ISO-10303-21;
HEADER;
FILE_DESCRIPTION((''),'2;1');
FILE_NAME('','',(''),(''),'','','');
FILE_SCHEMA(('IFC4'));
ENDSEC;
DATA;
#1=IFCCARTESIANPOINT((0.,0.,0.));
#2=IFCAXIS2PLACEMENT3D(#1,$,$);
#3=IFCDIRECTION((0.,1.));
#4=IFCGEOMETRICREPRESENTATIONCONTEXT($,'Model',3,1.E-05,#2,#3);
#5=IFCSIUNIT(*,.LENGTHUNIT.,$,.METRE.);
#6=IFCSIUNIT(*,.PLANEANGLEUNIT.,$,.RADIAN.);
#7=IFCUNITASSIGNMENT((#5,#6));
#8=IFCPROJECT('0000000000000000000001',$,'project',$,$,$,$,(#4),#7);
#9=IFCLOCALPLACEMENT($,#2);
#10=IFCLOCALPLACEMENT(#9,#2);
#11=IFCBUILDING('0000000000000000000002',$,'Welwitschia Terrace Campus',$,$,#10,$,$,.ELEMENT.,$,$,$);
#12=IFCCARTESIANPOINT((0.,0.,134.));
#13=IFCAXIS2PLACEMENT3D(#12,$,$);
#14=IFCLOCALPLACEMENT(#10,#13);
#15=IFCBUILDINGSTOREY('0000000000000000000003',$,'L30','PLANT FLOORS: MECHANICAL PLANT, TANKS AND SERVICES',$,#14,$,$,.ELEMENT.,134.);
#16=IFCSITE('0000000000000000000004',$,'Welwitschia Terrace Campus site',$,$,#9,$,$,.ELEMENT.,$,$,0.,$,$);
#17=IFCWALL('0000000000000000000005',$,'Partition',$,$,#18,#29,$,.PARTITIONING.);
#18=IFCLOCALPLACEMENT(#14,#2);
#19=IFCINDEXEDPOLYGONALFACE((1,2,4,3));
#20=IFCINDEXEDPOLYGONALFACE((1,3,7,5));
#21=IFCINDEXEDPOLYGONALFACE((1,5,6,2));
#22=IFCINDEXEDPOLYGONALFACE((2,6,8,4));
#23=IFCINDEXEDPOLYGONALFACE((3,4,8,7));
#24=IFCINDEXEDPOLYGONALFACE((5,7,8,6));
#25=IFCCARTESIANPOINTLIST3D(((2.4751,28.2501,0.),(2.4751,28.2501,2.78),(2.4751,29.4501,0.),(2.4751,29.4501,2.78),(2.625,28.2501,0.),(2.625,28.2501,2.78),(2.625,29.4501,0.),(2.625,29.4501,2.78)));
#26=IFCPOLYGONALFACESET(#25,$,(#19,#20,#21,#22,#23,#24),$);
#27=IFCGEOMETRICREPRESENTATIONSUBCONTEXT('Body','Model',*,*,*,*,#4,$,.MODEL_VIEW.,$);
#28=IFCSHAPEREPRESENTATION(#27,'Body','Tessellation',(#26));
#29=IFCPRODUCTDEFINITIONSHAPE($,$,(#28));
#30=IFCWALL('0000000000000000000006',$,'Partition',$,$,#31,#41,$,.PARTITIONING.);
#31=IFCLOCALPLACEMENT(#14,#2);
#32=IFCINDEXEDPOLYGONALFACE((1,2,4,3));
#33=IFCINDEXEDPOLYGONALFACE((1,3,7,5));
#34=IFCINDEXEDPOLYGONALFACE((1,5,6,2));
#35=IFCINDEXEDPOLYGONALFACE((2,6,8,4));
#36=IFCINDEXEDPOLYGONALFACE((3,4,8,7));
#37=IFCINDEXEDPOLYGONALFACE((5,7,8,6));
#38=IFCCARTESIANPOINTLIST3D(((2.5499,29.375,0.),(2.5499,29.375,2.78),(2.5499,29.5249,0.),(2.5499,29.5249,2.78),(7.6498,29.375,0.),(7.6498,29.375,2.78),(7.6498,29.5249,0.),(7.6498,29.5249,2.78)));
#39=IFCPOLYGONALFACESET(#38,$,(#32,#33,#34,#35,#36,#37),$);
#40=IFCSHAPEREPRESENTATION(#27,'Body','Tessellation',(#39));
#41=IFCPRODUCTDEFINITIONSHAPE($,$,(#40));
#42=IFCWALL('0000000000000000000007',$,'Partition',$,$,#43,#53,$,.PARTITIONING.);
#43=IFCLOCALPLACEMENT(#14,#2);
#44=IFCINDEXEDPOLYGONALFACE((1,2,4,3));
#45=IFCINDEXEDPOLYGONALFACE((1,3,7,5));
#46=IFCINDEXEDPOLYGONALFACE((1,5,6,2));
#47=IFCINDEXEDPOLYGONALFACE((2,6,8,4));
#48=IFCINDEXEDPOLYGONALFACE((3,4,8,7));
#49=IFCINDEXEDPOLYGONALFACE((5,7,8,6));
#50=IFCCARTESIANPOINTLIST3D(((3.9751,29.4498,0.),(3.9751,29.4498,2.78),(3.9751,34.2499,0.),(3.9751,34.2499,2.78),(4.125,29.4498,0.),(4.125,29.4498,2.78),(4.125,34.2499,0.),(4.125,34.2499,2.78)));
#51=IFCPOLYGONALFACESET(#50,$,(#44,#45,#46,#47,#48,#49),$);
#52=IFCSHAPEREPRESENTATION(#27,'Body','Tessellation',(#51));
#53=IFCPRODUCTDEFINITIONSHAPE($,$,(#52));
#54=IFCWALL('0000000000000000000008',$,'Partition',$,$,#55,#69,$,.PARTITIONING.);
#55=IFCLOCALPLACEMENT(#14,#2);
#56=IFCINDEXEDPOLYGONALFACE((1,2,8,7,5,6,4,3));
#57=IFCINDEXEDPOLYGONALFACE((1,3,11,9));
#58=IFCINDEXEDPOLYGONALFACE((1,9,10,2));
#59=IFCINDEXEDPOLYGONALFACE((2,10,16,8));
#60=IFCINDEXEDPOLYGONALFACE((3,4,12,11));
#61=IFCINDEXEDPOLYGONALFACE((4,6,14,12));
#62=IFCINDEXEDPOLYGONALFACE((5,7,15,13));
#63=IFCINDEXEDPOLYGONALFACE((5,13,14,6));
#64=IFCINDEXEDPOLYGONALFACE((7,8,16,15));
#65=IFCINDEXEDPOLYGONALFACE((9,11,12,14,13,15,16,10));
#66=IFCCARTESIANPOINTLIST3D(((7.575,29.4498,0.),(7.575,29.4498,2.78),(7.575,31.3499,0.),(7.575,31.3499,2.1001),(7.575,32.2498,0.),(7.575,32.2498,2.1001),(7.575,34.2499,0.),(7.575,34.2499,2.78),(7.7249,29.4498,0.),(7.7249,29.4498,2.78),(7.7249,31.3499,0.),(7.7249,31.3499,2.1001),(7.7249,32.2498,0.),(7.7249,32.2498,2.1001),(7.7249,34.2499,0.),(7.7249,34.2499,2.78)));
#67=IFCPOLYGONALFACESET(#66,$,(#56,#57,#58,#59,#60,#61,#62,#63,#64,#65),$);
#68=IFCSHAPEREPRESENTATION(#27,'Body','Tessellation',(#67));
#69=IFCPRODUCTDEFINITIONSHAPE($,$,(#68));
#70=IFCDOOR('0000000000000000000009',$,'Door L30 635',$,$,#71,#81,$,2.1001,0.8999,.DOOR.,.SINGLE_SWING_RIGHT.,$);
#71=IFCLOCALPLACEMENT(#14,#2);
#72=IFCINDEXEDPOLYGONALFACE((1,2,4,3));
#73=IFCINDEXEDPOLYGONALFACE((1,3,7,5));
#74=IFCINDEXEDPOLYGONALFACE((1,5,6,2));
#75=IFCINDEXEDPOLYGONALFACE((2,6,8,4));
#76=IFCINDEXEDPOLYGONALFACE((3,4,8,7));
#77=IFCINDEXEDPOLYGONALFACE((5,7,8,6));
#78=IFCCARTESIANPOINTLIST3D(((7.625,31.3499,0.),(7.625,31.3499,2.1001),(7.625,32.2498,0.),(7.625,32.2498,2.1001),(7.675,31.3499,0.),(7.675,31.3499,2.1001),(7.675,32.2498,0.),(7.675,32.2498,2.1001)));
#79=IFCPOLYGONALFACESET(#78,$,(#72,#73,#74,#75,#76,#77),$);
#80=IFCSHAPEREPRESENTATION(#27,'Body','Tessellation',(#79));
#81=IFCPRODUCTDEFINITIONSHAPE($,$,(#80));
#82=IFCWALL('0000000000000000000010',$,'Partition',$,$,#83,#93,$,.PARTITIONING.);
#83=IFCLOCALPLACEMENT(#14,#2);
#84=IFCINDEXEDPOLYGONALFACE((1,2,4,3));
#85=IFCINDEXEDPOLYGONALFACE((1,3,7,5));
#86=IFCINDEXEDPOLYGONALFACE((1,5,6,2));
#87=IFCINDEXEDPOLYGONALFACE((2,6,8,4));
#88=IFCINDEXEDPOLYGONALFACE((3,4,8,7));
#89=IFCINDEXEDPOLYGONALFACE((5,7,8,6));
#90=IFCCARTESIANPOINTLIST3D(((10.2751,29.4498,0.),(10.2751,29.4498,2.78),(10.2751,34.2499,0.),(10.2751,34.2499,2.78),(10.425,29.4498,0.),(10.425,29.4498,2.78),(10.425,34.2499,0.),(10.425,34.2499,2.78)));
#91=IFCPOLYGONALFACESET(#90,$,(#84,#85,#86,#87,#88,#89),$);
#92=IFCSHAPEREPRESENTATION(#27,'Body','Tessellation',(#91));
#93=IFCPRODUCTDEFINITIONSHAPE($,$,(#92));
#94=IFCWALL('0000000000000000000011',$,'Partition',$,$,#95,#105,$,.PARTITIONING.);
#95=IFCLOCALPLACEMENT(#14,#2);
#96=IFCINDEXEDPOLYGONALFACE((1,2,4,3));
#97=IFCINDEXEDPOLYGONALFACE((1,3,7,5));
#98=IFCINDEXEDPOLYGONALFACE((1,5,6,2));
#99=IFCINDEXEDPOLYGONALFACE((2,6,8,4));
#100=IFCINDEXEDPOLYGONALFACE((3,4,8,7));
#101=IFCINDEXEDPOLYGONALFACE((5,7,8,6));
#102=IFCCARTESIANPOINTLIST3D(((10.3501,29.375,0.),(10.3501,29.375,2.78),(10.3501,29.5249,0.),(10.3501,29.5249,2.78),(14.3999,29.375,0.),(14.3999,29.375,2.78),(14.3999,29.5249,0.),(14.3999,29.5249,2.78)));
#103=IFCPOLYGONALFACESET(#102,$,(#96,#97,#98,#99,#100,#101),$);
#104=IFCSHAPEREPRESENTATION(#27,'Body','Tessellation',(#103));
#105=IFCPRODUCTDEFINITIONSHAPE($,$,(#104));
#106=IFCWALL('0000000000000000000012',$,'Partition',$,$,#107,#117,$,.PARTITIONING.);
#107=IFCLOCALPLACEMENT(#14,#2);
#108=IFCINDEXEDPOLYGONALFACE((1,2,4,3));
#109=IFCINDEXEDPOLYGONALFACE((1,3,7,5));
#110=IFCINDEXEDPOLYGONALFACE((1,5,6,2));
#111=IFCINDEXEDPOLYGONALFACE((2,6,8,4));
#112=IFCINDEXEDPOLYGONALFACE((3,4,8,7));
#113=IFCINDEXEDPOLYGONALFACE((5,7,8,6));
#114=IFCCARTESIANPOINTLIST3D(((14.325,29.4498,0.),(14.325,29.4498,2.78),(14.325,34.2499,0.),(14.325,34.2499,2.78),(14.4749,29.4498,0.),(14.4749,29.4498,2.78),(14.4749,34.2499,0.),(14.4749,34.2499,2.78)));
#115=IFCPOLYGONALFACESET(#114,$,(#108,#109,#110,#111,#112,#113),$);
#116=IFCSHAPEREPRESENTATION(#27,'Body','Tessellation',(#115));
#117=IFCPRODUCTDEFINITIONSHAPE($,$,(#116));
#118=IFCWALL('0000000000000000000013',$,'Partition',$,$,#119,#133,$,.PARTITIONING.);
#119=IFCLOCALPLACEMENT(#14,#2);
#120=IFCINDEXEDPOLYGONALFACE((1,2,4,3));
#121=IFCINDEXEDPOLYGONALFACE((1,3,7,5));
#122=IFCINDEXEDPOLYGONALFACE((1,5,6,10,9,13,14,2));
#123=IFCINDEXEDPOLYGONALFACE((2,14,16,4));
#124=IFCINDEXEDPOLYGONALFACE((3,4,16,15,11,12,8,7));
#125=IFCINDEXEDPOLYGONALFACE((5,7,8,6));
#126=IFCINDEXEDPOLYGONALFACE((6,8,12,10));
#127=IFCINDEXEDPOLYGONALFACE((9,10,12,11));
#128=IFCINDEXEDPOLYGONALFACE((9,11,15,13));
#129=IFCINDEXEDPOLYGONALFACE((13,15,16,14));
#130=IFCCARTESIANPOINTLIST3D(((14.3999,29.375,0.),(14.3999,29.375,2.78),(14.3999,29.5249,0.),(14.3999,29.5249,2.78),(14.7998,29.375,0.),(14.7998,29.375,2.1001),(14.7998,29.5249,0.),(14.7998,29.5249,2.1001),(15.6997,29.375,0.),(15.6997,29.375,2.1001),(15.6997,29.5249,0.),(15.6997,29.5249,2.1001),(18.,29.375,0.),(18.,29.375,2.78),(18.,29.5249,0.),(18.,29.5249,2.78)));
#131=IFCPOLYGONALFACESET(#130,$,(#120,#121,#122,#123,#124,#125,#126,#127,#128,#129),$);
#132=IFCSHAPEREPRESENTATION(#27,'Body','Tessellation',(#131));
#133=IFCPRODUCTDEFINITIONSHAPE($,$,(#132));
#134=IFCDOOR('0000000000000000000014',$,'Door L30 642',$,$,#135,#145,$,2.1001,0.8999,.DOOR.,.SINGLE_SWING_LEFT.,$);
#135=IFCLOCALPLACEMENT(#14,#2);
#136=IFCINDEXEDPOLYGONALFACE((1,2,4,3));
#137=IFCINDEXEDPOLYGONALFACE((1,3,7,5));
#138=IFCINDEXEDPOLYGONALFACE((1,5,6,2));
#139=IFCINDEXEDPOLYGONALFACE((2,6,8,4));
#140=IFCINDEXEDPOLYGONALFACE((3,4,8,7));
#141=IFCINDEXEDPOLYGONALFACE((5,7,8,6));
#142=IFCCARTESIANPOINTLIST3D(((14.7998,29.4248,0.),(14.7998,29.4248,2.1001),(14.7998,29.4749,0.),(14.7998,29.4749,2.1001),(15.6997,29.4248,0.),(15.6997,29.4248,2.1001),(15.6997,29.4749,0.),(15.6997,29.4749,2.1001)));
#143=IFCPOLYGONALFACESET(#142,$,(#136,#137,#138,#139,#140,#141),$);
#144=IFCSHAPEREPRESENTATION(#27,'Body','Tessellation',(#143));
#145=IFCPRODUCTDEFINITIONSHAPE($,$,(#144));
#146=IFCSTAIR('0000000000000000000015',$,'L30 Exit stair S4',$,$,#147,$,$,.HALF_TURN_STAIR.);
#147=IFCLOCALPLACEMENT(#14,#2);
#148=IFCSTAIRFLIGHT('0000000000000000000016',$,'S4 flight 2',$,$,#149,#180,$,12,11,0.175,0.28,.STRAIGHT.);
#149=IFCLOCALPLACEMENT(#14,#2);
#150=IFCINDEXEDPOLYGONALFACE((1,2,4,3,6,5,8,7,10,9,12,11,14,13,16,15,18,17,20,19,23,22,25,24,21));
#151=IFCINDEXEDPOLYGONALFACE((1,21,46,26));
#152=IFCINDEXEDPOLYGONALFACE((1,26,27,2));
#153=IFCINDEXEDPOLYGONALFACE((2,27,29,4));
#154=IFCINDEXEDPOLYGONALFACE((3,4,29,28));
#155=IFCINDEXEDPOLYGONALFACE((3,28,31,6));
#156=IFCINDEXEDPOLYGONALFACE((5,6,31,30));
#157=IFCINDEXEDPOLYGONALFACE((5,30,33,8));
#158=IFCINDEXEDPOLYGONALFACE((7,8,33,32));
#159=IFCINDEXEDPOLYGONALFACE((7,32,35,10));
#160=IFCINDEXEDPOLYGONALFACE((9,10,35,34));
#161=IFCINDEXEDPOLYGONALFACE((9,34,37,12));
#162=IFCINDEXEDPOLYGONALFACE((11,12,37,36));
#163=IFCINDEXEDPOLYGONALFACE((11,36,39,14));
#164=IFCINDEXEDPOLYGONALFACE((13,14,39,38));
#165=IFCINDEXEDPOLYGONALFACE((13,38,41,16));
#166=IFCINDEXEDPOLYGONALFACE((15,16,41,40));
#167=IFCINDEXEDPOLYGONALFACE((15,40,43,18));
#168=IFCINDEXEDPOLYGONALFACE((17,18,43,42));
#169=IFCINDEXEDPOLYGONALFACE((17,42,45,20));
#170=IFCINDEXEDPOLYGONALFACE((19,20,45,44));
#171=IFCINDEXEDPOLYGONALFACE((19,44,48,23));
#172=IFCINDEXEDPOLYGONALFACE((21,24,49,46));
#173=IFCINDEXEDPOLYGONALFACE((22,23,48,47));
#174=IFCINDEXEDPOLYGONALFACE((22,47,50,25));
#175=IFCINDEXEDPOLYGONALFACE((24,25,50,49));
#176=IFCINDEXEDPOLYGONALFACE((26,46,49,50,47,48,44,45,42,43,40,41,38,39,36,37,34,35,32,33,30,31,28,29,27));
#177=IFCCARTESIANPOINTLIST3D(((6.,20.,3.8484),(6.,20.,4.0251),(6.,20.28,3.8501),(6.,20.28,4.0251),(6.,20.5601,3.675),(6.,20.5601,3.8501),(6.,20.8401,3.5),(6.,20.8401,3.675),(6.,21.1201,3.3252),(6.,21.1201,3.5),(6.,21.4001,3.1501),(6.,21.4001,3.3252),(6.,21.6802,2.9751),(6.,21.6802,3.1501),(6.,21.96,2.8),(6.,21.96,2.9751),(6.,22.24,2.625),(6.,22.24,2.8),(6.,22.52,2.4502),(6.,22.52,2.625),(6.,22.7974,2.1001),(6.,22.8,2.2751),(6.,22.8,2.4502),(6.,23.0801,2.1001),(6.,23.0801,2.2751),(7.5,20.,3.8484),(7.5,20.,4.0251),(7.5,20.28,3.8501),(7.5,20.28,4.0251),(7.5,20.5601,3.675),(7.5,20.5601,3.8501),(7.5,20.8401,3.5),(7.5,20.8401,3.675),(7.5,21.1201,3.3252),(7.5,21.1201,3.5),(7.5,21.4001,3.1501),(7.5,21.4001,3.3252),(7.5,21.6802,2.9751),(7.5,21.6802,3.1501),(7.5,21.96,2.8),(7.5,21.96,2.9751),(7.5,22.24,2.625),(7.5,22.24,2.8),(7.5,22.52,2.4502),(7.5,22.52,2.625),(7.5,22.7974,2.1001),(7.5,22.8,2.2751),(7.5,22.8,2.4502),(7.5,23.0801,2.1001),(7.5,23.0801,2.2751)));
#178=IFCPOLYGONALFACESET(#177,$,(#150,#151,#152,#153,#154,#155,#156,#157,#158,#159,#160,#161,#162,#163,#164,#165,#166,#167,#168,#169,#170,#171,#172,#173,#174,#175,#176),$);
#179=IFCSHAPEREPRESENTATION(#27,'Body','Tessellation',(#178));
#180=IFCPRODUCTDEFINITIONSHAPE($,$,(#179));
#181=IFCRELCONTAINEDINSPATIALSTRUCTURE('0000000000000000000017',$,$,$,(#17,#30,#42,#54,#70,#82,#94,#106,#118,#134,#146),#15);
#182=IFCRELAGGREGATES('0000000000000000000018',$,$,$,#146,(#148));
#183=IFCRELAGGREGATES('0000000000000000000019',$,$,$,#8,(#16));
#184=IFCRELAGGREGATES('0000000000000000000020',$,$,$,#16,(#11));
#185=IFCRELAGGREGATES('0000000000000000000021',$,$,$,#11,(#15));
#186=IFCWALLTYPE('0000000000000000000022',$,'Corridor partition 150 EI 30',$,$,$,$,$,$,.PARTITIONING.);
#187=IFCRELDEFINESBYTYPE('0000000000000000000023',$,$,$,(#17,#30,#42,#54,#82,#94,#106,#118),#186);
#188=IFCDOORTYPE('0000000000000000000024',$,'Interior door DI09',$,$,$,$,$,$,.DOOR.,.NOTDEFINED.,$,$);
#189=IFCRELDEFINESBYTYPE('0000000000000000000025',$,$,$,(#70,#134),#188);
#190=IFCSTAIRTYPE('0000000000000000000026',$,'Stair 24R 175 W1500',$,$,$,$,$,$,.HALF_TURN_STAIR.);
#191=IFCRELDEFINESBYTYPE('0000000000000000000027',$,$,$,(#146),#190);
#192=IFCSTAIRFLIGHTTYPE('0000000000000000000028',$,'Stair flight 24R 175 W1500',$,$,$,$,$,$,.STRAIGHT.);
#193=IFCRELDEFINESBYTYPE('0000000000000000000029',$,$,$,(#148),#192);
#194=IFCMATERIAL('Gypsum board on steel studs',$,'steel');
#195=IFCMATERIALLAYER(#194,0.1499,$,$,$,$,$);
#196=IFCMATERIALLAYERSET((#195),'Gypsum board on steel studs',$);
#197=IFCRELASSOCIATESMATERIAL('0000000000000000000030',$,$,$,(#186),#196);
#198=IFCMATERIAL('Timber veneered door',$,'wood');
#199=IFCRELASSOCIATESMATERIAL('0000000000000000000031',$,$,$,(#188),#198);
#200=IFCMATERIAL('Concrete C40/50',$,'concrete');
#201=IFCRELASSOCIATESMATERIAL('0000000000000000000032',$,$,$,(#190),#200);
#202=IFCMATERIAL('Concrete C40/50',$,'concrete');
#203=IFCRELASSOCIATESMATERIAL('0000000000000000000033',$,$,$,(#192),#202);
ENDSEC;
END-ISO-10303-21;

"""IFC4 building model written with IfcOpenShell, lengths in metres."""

from ifc_helpers import new_model, si_unit, direction, frame, frame_2d, origin, place, context, subcontext, project, spatial, polyline, rectangle, outline, extrude, material, layer, layer_set, type_object, element, fill, aggregate, save


model = new_model("IFC4")

# Units and contexts
model_context = context("Model", 3, precision=1e-05, world=origin(), true_north=direction((0.0, 1.0)))
body_context = subcontext(model_context, "Body", "Model", "MODEL_VIEW")
ifc_project = project(units=[si_unit("LENGTHUNIT", "METRE"), si_unit("PLANEANGLEUNIT", "RADIAN")], contexts=[model_context])

# Site, building, storey
site_placement = place(None, origin())
site = spatial("IfcSite", under=ifc_project, at=site_placement, Name="Welwitschia Terrace Campus site", CompositionType="ELEMENT", RefElevation=0.0)
building_placement = place(site_placement, origin())
building = spatial("IfcBuilding", under=site, at=building_placement, Name="Welwitschia Terrace Campus", CompositionType="ELEMENT")
storey_placement = place(building_placement, frame((0.0, 0.0, 134.0)))
storey = spatial("IfcBuildingStorey", under=building, at=storey_placement, Name="L30", Description="PLANT FLOORS: MECHANICAL PLANT, TANKS AND SERVICES", CompositionType="ELEMENT", Elevation=134.0)

# Walls
ifc_material_1 = material(Name="Gypsum board on steel studs", Category="steel")
ifc_layer_1 = layer(ifc_material_1, 0.1499)
ifc_layer_set_1 = layer_set([ifc_layer_1], Name="Gypsum board on steel studs")
wall_type_1 = type_object("IfcWallType", Name="Corridor partition 150 EI 30", PredefinedType="PARTITIONING", material=ifc_layer_set_1)
wall_1_placement = place(storey_placement, frame((2.55, 28.25, 0.0), z_axis=(0.0, 0.0, 1.0), x_axis=(0.0, 1.0, 0.0)))
element("IfcWall", 1, at=wall_1_placement, inside=storey, type_object=wall_type_1, Name="Partition", PredefinedType="PARTITIONING", context=body_context, shape_type="SweptSolid", body=[
    extrude(rectangle(XDim=1.2, YDim=0.1499, at=frame_2d((0.6001, 0.0))), origin(), (0.0, 0.0, 1.0), 2.78),
])
wall_2_placement = place(storey_placement, frame((2.55, 29.45, 0.0), z_axis=(0.0, 0.0, 1.0), x_axis=(1.0, 0.0, 0.0)))
element("IfcWall", 2, at=wall_2_placement, inside=storey, type_object=wall_type_1, Name="Partition", PredefinedType="PARTITIONING", context=body_context, shape_type="SweptSolid", body=[
    extrude(rectangle(XDim=5.0999, YDim=0.1499, at=frame_2d((2.5498, 0.0))), origin(), (0.0, 0.0, 1.0), 2.78),
])
wall_3_placement = place(storey_placement, frame((4.05, 29.45, 0.0), z_axis=(0.0, 0.0, 1.0), x_axis=(0.0, 1.0, 0.0)))
element("IfcWall", 3, at=wall_3_placement, inside=storey, type_object=wall_type_1, Name="Partition", PredefinedType="PARTITIONING", context=body_context, shape_type="SweptSolid", body=[
    extrude(rectangle(XDim=4.8, YDim=0.1499, at=frame_2d((2.3999, 0.0))), origin(), (0.0, 0.0, 1.0), 2.78),
])

# Wall, opening, door
wall_4_placement = place(storey_placement, frame((7.6499, 29.45, 0.0), z_axis=(0.0, 0.0, 1.0), x_axis=(0.0, 1.0, 0.0)))
wall_4 = element("IfcWall", 4, at=wall_4_placement, inside=storey, type_object=wall_type_1, Name="Partition", PredefinedType="PARTITIONING", context=body_context, shape_type="SweptSolid", body=[
    extrude(rectangle(XDim=4.8, YDim=0.1499, at=frame_2d((2.3999, 0.0))), origin(), (0.0, 0.0, 1.0), 2.78),
])
opening_1_placement = place(wall_4_placement, frame((1.8999, 0.0, 0.0)))
opening_1 = element("IfcOpeningElement", 5, at=opening_1_placement, cuts=wall_4, PredefinedType="OPENING", context=body_context, shape_type="SweptSolid", body=[
    extrude(rectangle(XDim=0.8999, YDim=2.1001, at=frame_2d((0.45, 1.05))), frame((0.0, 0.085, 0.0), z_axis=(0.0, -1.0, 0.0), x_axis=(1.0, 0.0, 0.0)), (0.0, 0.0, 1.0), 0.1699),
])
ifc_material_2 = material(Name="Timber veneered door", Category="wood")
door_type = type_object("IfcDoorType", Name="Interior door DI09", OperationType="NOTDEFINED", PredefinedType="DOOR", material=ifc_material_2)
door_1_placement = place(opening_1_placement, origin())
door_1 = element("IfcDoor", 6, at=door_1_placement, inside=storey, type_object=door_type, Name="Door L30 635", OperationType="SINGLE_SWING_RIGHT", OverallHeight=2.1001, OverallWidth=0.8999, PredefinedType="DOOR", context=body_context, shape_type="SweptSolid", body=[
    extrude(rectangle(XDim=0.8999, YDim=2.1001, at=frame_2d((0.45, 1.05))), frame((0.0, 0.0249, 0.0), z_axis=(0.0, -1.0, 0.0), x_axis=(1.0, 0.0, 0.0)), (0.0, 0.0, 1.0), 0.05),
])
fill(opening_1, door_1)

# Walls
wall_5_placement = place(storey_placement, frame((10.3501, 29.45, 0.0), z_axis=(0.0, 0.0, 1.0), x_axis=(0.0, 1.0, 0.0)))
element("IfcWall", 7, at=wall_5_placement, inside=storey, type_object=wall_type_1, Name="Partition", PredefinedType="PARTITIONING", context=body_context, shape_type="SweptSolid", body=[
    extrude(rectangle(XDim=4.8, YDim=0.1499, at=frame_2d((2.3999, 0.0))), origin(), (0.0, 0.0, 1.0), 2.78),
])
wall_6_placement = place(storey_placement, frame((10.3501, 29.45, 0.0), z_axis=(0.0, 0.0, 1.0), x_axis=(1.0, 0.0, 0.0)))
element("IfcWall", 8, at=wall_6_placement, inside=storey, type_object=wall_type_1, Name="Partition", PredefinedType="PARTITIONING", context=body_context, shape_type="SweptSolid", body=[
    extrude(rectangle(XDim=4.0498, YDim=0.1499, at=frame_2d((2.0249, 0.0))), origin(), (0.0, 0.0, 1.0), 2.78),
])
wall_7_placement = place(storey_placement, frame((14.3999, 29.45, 0.0), z_axis=(0.0, 0.0, 1.0), x_axis=(0.0, 1.0, 0.0)))
element("IfcWall", 9, at=wall_7_placement, inside=storey, type_object=wall_type_1, Name="Partition", PredefinedType="PARTITIONING", context=body_context, shape_type="SweptSolid", body=[
    extrude(rectangle(XDim=4.8, YDim=0.1499, at=frame_2d((2.3999, 0.0))), origin(), (0.0, 0.0, 1.0), 2.78),
])

# Wall, opening, door
wall_8_placement = place(storey_placement, frame((14.3999, 29.45, 0.0), z_axis=(0.0, 0.0, 1.0), x_axis=(1.0, 0.0, 0.0)))
wall_8 = element("IfcWall", 10, at=wall_8_placement, inside=storey, type_object=wall_type_1, Name="Partition", PredefinedType="PARTITIONING", context=body_context, shape_type="SweptSolid", body=[
    extrude(rectangle(XDim=3.6001, YDim=0.1499, at=frame_2d((1.8, 0.0))), origin(), (0.0, 0.0, 1.0), 2.78),
])
opening_2_placement = place(wall_8_placement, frame((0.3999, 0.0, 0.0)))
opening_2 = element("IfcOpeningElement", 11, at=opening_2_placement, cuts=wall_8, PredefinedType="OPENING", context=body_context, shape_type="SweptSolid", body=[
    extrude(rectangle(XDim=0.8999, YDim=2.1001, at=frame_2d((0.45, 1.05))), frame((0.0, 0.085, 0.0), z_axis=(0.0, -1.0, 0.0), x_axis=(1.0, 0.0, 0.0)), (0.0, 0.0, 1.0), 0.1699),
])
door_2_placement = place(opening_2_placement, origin())
door_2 = element("IfcDoor", 12, at=door_2_placement, inside=storey, type_object=door_type, Name="Door L30 642", OperationType="SINGLE_SWING_LEFT", OverallHeight=2.1001, OverallWidth=0.8999, PredefinedType="DOOR", context=body_context, shape_type="SweptSolid", body=[
    extrude(rectangle(XDim=0.8999, YDim=2.1001, at=frame_2d((0.45, 1.05))), frame((0.0, 0.0249, 0.0), z_axis=(0.0, -1.0, 0.0), x_axis=(1.0, 0.0, 0.0)), (0.0, 0.0, 1.0), 0.05),
])
fill(opening_2, door_2)

# Stair, stair flight
ifc_material_3 = material(Name="Concrete C40/50", Category="concrete")
stair_type = type_object("IfcStairType", Name="Stair 24R 175 W1500", PredefinedType="HALF_TURN_STAIR", material=ifc_material_3)
stair_placement = place(storey_placement, origin())
stair = element("IfcStair", 13, at=stair_placement, inside=storey, type_object=stair_type, Name="L30 Exit stair S4", PredefinedType="HALF_TURN_STAIR")
ifc_material_4 = material(Name="Concrete C40/50", Category="concrete")
stair_flight_type = type_object("IfcStairFlightType", Name="Stair flight 24R 175 W1500", PredefinedType="STRAIGHT", material=ifc_material_4)
stair_flight_placement = place(storey_placement, frame((6.75, 23.0801, 2.1001), z_axis=(0.0, 0.0, 1.0), x_axis=(0.0, -1.0, 0.0)))
stair_flight = element("IfcStairFlight", 14, at=stair_flight_placement, type_object=stair_flight_type, Name="S4 flight 2", NumberOfRisers=12, NumberOfTreads=11, PredefinedType="STRAIGHT", RiserHeight=0.175, TreadLength=0.28, context=body_context, shape_type="SweptSolid", body=[
    extrude(outline(polyline([(0.0, 0.0), (0.0, 0.175), (0.28, 0.175), (0.28, 0.3501), (0.5601, 0.3501), (0.5601, 0.5249), (0.8401, 0.5249), (0.8401, 0.7), (1.1201, 0.7), (1.1201, 0.875), (1.3999, 0.875), (1.3999, 1.05), (1.6799, 1.05), (1.6799, 1.2251), (1.96, 1.2251), (1.96, 1.3999), (2.24, 1.3999), (2.24, 1.575), (2.52, 1.575), (2.52, 1.75), (2.8, 1.75), (2.8, 1.925), (3.0801, 1.925), (3.0801, 2.1001), (3.0801, 1.7483), (0.2827, 0.0), (0.0, 0.0)])), frame((0.0, 0.75, 0.0), z_axis=(0.0, -1.0, 0.0), x_axis=(1.0, 0.0, 0.0)), (0.0, 0.0, 1.0), 1.5),
])
aggregate(stair, [stair_flight])

save(model, "model.ifc")
